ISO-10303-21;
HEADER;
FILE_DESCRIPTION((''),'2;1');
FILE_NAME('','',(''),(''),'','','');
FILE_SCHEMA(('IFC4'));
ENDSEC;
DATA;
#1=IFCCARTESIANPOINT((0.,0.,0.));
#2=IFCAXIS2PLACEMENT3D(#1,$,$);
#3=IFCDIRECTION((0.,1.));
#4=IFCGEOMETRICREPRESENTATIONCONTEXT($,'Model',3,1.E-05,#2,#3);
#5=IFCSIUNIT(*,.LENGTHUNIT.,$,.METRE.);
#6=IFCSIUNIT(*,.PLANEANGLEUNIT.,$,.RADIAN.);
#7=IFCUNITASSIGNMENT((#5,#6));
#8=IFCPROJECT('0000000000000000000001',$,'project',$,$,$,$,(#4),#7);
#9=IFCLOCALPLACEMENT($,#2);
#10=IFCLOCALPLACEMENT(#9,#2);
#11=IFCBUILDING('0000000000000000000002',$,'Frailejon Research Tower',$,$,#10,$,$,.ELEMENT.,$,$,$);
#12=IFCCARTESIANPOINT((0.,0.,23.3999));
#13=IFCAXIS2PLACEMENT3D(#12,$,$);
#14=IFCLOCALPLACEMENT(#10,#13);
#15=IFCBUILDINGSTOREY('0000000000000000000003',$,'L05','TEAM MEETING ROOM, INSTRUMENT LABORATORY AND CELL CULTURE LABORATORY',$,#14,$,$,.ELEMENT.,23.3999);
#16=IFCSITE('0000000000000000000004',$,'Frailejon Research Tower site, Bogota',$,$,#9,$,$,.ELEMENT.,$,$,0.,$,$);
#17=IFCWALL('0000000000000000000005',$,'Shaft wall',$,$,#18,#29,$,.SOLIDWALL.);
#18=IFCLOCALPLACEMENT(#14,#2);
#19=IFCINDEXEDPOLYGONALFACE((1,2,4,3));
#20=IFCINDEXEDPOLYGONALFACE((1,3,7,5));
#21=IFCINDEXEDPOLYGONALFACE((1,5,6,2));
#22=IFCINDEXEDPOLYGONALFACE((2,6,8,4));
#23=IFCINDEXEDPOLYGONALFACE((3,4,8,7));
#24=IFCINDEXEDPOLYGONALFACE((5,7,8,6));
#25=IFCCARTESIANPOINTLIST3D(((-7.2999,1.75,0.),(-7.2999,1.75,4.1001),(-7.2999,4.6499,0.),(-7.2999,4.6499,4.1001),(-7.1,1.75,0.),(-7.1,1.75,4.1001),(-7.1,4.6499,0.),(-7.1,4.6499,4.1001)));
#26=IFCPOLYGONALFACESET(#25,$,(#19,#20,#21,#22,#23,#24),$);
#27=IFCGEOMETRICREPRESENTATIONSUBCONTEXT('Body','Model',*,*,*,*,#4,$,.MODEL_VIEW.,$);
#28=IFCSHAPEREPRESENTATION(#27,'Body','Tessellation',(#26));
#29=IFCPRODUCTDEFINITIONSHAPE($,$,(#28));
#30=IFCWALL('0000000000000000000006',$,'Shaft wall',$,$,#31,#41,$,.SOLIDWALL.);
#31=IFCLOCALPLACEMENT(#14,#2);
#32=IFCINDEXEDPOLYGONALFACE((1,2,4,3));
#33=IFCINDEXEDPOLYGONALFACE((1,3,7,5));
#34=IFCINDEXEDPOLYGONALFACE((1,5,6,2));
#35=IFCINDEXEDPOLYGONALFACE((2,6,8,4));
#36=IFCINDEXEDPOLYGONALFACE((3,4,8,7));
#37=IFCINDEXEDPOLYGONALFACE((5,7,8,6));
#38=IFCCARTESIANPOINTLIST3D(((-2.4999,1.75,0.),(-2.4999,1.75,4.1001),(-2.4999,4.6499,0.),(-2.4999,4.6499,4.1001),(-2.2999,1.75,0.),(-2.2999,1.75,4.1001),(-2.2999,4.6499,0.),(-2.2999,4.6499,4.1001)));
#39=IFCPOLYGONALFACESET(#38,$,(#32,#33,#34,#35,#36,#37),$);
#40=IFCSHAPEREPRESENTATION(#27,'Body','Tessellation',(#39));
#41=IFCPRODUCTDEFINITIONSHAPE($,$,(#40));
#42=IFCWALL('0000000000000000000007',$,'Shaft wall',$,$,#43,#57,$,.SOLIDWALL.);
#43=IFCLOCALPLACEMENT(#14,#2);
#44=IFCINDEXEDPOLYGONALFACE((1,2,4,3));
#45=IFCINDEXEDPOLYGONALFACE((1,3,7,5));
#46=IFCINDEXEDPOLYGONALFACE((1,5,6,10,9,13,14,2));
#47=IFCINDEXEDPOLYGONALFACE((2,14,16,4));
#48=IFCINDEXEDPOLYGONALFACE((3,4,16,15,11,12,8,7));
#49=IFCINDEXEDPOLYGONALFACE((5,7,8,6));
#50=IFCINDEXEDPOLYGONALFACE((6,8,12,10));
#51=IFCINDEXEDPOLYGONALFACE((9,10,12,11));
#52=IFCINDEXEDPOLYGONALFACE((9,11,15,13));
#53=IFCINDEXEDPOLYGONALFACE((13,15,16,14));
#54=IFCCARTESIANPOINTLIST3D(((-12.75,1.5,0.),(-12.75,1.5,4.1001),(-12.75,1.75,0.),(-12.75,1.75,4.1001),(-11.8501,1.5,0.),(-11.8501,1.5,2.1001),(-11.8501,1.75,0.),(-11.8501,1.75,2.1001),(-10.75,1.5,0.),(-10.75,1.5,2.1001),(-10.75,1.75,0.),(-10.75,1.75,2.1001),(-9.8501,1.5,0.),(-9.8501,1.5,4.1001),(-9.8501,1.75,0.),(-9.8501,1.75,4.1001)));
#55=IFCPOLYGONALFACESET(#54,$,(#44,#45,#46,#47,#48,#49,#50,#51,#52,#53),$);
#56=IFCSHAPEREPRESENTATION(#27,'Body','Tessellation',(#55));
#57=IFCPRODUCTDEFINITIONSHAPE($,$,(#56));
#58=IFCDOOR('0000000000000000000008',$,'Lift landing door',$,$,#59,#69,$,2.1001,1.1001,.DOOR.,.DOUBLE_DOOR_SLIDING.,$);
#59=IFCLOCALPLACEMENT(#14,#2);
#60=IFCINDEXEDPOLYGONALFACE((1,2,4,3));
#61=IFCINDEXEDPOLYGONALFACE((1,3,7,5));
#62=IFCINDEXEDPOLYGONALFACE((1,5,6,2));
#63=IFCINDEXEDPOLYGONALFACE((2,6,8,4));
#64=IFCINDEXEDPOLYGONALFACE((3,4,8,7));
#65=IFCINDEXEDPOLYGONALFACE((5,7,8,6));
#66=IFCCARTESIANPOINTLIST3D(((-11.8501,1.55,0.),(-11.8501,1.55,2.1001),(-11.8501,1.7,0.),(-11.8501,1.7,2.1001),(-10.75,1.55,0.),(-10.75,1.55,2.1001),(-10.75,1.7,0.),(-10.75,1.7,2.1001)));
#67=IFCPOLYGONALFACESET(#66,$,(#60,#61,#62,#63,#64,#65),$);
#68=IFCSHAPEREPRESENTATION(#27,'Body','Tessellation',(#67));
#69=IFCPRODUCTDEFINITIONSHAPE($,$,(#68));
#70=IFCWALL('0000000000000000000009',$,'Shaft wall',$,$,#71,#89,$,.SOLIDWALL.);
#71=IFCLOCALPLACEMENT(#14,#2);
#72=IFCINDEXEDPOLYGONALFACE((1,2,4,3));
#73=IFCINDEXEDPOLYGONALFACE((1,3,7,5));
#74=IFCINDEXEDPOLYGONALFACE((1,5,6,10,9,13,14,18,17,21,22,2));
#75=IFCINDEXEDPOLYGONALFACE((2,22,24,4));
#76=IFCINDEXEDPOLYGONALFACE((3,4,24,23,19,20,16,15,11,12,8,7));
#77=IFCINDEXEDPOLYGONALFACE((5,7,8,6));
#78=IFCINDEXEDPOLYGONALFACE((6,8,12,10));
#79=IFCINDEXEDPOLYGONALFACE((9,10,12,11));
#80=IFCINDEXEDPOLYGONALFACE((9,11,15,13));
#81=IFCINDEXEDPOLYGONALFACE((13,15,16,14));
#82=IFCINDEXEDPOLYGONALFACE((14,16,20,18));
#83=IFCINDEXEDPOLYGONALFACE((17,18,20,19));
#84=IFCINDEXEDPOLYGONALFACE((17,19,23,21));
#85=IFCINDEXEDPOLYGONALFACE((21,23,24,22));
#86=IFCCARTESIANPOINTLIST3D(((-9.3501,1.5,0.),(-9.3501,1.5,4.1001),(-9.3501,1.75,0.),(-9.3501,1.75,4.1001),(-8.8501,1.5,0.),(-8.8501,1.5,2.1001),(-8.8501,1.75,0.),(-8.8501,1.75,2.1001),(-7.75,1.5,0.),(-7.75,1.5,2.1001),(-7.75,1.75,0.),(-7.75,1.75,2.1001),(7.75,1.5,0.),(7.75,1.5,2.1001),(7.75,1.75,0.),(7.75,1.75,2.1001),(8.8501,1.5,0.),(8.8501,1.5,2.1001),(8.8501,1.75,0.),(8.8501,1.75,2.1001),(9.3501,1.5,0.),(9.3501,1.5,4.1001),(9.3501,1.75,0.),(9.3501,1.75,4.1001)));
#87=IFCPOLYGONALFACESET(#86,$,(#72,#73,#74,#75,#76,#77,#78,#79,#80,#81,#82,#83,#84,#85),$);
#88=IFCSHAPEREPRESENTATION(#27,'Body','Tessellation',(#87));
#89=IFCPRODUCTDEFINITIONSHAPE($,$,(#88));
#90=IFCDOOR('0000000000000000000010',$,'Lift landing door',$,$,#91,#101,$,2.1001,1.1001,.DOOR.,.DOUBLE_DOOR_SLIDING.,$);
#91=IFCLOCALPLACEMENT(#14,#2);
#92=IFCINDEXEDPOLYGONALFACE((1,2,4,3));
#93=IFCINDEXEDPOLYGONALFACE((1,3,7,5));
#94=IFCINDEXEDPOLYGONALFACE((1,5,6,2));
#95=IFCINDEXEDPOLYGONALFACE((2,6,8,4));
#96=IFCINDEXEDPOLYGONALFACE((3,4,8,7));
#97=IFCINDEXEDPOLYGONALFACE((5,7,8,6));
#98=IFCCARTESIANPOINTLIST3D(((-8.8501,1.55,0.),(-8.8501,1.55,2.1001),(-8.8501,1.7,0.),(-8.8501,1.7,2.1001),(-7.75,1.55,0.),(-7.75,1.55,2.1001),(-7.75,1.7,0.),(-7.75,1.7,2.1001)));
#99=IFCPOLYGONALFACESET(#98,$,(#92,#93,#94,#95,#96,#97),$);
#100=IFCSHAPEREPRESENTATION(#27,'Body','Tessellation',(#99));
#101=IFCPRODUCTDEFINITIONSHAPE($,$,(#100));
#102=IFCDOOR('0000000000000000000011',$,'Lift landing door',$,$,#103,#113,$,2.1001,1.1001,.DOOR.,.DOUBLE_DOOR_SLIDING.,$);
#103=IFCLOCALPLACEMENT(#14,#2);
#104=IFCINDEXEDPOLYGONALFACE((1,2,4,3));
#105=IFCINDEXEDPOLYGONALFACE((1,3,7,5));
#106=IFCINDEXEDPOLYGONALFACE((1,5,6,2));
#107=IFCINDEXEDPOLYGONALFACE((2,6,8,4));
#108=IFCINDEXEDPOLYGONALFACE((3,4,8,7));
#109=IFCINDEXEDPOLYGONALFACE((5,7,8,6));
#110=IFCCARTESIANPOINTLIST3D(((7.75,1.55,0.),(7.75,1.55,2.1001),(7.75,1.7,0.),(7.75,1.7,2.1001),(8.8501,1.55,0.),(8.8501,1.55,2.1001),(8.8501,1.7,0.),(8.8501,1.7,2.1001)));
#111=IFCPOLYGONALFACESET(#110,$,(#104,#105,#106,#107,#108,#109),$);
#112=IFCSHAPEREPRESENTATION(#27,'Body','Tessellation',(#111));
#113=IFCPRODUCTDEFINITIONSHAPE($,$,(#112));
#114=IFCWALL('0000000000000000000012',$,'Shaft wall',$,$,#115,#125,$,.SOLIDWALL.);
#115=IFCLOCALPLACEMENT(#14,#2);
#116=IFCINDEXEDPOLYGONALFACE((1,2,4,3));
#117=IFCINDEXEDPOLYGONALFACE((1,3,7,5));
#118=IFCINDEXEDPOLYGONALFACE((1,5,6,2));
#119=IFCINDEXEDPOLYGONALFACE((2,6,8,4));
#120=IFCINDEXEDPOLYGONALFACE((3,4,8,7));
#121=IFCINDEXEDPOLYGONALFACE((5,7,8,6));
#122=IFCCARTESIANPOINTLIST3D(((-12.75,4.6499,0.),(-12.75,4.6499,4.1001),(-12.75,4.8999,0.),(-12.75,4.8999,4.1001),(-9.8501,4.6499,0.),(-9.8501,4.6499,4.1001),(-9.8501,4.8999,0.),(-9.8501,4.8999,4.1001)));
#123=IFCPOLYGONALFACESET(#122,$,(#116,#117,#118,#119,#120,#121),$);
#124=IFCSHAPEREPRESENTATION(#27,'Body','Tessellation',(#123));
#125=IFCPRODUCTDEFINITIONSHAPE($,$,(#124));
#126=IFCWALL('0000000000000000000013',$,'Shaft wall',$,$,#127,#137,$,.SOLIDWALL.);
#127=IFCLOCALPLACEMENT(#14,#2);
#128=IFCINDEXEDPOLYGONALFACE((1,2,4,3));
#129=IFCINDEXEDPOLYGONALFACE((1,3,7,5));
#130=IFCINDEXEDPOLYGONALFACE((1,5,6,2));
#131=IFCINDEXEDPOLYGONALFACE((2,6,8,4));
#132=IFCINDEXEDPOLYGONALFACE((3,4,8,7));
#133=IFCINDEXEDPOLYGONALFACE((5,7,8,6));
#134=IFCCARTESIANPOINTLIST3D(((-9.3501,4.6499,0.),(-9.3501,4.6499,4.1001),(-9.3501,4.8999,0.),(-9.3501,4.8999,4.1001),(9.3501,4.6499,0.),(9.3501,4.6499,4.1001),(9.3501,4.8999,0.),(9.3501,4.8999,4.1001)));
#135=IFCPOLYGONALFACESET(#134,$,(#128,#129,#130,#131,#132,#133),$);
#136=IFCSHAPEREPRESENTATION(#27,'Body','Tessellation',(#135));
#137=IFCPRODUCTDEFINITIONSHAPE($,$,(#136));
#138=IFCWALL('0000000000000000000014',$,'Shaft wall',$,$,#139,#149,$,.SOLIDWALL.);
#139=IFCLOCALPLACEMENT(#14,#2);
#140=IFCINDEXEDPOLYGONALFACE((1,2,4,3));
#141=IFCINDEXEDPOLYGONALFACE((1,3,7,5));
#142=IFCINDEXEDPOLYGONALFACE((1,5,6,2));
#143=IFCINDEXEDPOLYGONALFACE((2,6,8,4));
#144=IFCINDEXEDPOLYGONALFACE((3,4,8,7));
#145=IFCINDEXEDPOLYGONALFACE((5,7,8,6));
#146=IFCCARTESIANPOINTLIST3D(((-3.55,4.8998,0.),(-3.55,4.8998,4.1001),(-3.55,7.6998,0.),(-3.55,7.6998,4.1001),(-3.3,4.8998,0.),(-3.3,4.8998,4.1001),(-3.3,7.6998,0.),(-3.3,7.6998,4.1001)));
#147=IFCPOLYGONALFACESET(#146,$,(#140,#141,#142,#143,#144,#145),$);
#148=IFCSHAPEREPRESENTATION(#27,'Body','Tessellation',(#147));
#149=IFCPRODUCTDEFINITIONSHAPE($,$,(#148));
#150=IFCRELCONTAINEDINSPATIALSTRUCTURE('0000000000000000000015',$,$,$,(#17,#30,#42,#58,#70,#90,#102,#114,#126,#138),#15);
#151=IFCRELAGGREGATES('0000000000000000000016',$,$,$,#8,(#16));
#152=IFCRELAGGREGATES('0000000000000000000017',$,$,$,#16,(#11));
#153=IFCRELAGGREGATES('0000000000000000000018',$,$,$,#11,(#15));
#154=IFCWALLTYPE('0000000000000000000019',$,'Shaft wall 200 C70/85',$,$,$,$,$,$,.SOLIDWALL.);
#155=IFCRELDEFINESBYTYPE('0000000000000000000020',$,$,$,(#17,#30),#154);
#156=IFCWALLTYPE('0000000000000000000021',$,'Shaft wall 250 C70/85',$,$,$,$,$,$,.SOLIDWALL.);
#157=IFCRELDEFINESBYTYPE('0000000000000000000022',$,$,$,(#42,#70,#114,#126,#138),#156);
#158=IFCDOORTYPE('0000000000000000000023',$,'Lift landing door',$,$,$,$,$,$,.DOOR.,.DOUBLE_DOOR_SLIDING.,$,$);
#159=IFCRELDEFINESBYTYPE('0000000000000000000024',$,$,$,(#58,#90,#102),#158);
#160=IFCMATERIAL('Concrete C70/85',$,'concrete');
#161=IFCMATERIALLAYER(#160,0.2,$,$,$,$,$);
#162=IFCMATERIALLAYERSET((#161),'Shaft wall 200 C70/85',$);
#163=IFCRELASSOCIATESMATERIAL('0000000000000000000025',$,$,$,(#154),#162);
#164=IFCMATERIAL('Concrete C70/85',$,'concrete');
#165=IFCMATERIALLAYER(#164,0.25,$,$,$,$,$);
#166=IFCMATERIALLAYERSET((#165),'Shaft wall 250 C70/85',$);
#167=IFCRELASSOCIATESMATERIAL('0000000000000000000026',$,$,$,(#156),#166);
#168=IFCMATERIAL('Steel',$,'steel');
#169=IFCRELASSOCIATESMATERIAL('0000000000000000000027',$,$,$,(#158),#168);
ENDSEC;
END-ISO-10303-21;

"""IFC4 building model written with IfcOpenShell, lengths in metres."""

from ifc_helpers import new_model, si_unit, direction, frame, frame_2d, origin, place, context, subcontext, project, spatial, rectangle, extrude, material, layer, layer_set, type_object, element, fill, save


model = new_model("IFC4")

# Units and contexts
model_context = context("Model", 3, precision=1e-05, world=origin(), true_north=direction((0.0, 1.0)))
body_context = subcontext(model_context, "Body", "Model", "MODEL_VIEW")
ifc_project = project(units=[si_unit("LENGTHUNIT", "METRE"), si_unit("PLANEANGLEUNIT", "RADIAN")], contexts=[model_context])

# Site, building, storey
site_placement = place(None, origin())
site = spatial("IfcSite", under=ifc_project, at=site_placement, Name="Frailejon Research Tower site, Bogota", CompositionType="ELEMENT", RefElevation=0.0)
building_placement = place(site_placement, origin())
building = spatial("IfcBuilding", under=site, at=building_placement, Name="Frailejon Research Tower", CompositionType="ELEMENT")
storey_placement = place(building_placement, frame((0.0, 0.0, 23.3999)))
storey = spatial("IfcBuildingStorey", under=building, at=storey_placement, Name="L05", Description="TEAM MEETING ROOM, INSTRUMENT LABORATORY AND CELL CULTURE LABORATORY", CompositionType="ELEMENT", Elevation=23.3999)

# Walls
ifc_material_1 = material(Name="Concrete C70/85", Category="concrete")
ifc_layer_1 = layer(ifc_material_1, 0.2)
ifc_layer_set_1 = layer_set([ifc_layer_1], Name="Shaft wall 200 C70/85")
wall_type_1 = type_object("IfcWallType", Name="Shaft wall 200 C70/85", PredefinedType="SOLIDWALL", material=ifc_layer_set_1)
for number, where, z_axis, x_axis, name in (
    (1, (-7.2, 1.75, 0.0), (0.0, 0.0, 1.0), (0.0, 1.0, 0.0), "Shaft wall"),
    (2, (-2.3999, 1.75, 0.0), (0.0, 0.0, 1.0), (0.0, 1.0, 0.0), "Shaft wall"),
):
    element("IfcWall", number, at=place(storey_placement, frame(where, z_axis=z_axis, x_axis=x_axis)), inside=storey, type_object=wall_type_1, Name=name, PredefinedType="SOLIDWALL", context=body_context, shape_type="SweptSolid", body=[
        extrude(rectangle(XDim=2.8999, YDim=0.2, at=frame_2d((1.45, 0.0))), origin(), (0.0, 0.0, 1.0), 4.1001),
    ])

# Wall, opening, door
ifc_material_2 = material(Name="Concrete C70/85", Category="concrete")
ifc_layer_2 = layer(ifc_material_2, 0.25)
ifc_layer_set_2 = layer_set([ifc_layer_2], Name="Shaft wall 250 C70/85")
wall_type_2 = type_object("IfcWallType", Name="Shaft wall 250 C70/85", PredefinedType="SOLIDWALL", material=ifc_layer_set_2)
wall_1_placement = place(storey_placement, frame((-12.75, 1.625, 0.0), z_axis=(0.0, 0.0, 1.0), x_axis=(1.0, 0.0, 0.0)))
wall_1 = element("IfcWall", 3, at=wall_1_placement, inside=storey, type_object=wall_type_2, Name="Shaft wall", PredefinedType="SOLIDWALL", context=body_context, shape_type="SweptSolid", body=[
    extrude(rectangle(XDim=2.8999, YDim=0.25, at=frame_2d((1.45, 0.0))), origin(), (0.0, 0.0, 1.0), 4.1001),
])
opening_1_placement = place(wall_1_placement, frame((0.8999, 0.0, 0.0)))
opening_1 = element("IfcOpeningElement", 4, at=opening_1_placement, cuts=wall_1, PredefinedType="OPENING", context=body_context, shape_type="SweptSolid", body=[
    extrude(rectangle(XDim=1.1001, YDim=2.1001, at=frame_2d((0.55, 1.05))), frame((0.0, 0.135, 0.0), z_axis=(0.0, -1.0, 0.0), x_axis=(1.0, 0.0, 0.0)), (0.0, 0.0, 1.0), 0.27),
])
ifc_material_3 = material(Name="Steel", Category="steel")
door_type = type_object("IfcDoorType", Name="Lift landing door", OperationType="DOUBLE_DOOR_SLIDING", PredefinedType="DOOR", material=ifc_material_3)
door_1_placement = place(opening_1_placement, origin())
door_1 = element("IfcDoor", 5, at=door_1_placement, inside=storey, type_object=door_type, Name="Lift landing door", OperationType="DOUBLE_DOOR_SLIDING", OverallHeight=2.1001, OverallWidth=1.1001, PredefinedType="DOOR", context=body_context, shape_type="SweptSolid", body=[
    extrude(rectangle(XDim=1.1001, YDim=2.1001, at=frame_2d((0.55, 1.05))), frame((0.0, 0.075, 0.0), z_axis=(0.0, -1.0, 0.0), x_axis=(1.0, 0.0, 0.0)), (0.0, 0.0, 1.0), 0.1499),
])
fill(opening_1, door_1)

# Wall, openings, doors
wall_2_placement = place(storey_placement, frame((-9.3501, 1.625, 0.0), z_axis=(0.0, 0.0, 1.0), x_axis=(1.0, 0.0, 0.0)))
wall_2 = element("IfcWall", 6, at=wall_2_placement, inside=storey, type_object=wall_type_2, Name="Shaft wall", PredefinedType="SOLIDWALL", context=body_context, shape_type="SweptSolid", body=[
    extrude(rectangle(XDim=18.7002, YDim=0.25, at=frame_2d((9.3501, 0.0))), origin(), (0.0, 0.0, 1.0), 4.1001),
])
opening_2_placement = place(wall_2_placement, frame((0.5, 0.0, 0.0)))
opening_2 = element("IfcOpeningElement", 7, at=opening_2_placement, cuts=wall_2, PredefinedType="OPENING", context=body_context, shape_type="SweptSolid", body=[
    extrude(rectangle(XDim=1.1001, YDim=2.1001, at=frame_2d((0.55, 1.05))), frame((0.0, 0.135, 0.0), z_axis=(0.0, -1.0, 0.0), x_axis=(1.0, 0.0, 0.0)), (0.0, 0.0, 1.0), 0.27),
])
opening_3_placement = place(wall_2_placement, frame((17.1001, 0.0, 0.0)))
opening_3 = element("IfcOpeningElement", 8, at=opening_3_placement, cuts=wall_2, PredefinedType="OPENING", context=body_context, shape_type="SweptSolid", body=[
    extrude(rectangle(XDim=1.1001, YDim=2.1001, at=frame_2d((0.55, 1.05))), frame((0.0, 0.135, 0.0), z_axis=(0.0, -1.0, 0.0), x_axis=(1.0, 0.0, 0.0)), (0.0, 0.0, 1.0), 0.27),
])
door_2_placement = place(opening_2_placement, origin())
door_2 = element("IfcDoor", 9, at=door_2_placement, inside=storey, type_object=door_type, Name="Lift landing door", OperationType="DOUBLE_DOOR_SLIDING", OverallHeight=2.1001, OverallWidth=1.1001, PredefinedType="DOOR", context=body_context, shape_type="SweptSolid", body=[
    extrude(rectangle(XDim=1.1001, YDim=2.1001, at=frame_2d((0.55, 1.05))), frame((0.0, 0.075, 0.0), z_axis=(0.0, -1.0, 0.0), x_axis=(1.0, 0.0, 0.0)), (0.0, 0.0, 1.0), 0.1499),
])
fill(opening_2, door_2)
door_3_placement = place(opening_3_placement, origin())
door_3 = element("IfcDoor", 10, at=door_3_placement, inside=storey, type_object=door_type, Name="Lift landing door", OperationType="DOUBLE_DOOR_SLIDING", OverallHeight=2.1001, OverallWidth=1.1001, PredefinedType="DOOR", context=body_context, shape_type="SweptSolid", body=[
    extrude(rectangle(XDim=1.1001, YDim=2.1001, at=frame_2d((0.55, 1.05))), frame((0.0, 0.075, 0.0), z_axis=(0.0, -1.0, 0.0), x_axis=(1.0, 0.0, 0.0)), (0.0, 0.0, 1.0), 0.1499),
])
fill(opening_3, door_3)

# Walls
wall_3_placement = place(storey_placement, frame((-12.75, 4.7749, 0.0), z_axis=(0.0, 0.0, 1.0), x_axis=(1.0, 0.0, 0.0)))
element("IfcWall", 11, at=wall_3_placement, inside=storey, type_object=wall_type_2, Name="Shaft wall", PredefinedType="SOLIDWALL", context=body_context, shape_type="SweptSolid", body=[
    extrude(rectangle(XDim=2.8999, YDim=0.25, at=frame_2d((1.45, 0.0))), origin(), (0.0, 0.0, 1.0), 4.1001),
])
wall_4_placement = place(storey_placement, frame((-9.3501, 4.7749, 0.0), z_axis=(0.0, 0.0, 1.0), x_axis=(1.0, 0.0, 0.0)))
element("IfcWall", 12, at=wall_4_placement, inside=storey, type_object=wall_type_2, Name="Shaft wall", PredefinedType="SOLIDWALL", context=body_context, shape_type="SweptSolid", body=[
    extrude(rectangle(XDim=18.7002, YDim=0.25, at=frame_2d((9.3501, 0.0))), origin(), (0.0, 0.0, 1.0), 4.1001),
])
wall_5_placement = place(storey_placement, frame((-3.425, 4.8999, 0.0), z_axis=(0.0, 0.0, 1.0), x_axis=(0.0, 1.0, 0.0)))
element("IfcWall", 13, at=wall_5_placement, inside=storey, type_object=wall_type_2, Name="Shaft wall", PredefinedType="SOLIDWALL", context=body_context, shape_type="SweptSolid", body=[
    extrude(rectangle(XDim=2.8, YDim=0.25, at=frame_2d((1.3999, 0.0))), origin(), (0.0, 0.0, 1.0), 4.1001),
])

save(model, "model.ifc")
